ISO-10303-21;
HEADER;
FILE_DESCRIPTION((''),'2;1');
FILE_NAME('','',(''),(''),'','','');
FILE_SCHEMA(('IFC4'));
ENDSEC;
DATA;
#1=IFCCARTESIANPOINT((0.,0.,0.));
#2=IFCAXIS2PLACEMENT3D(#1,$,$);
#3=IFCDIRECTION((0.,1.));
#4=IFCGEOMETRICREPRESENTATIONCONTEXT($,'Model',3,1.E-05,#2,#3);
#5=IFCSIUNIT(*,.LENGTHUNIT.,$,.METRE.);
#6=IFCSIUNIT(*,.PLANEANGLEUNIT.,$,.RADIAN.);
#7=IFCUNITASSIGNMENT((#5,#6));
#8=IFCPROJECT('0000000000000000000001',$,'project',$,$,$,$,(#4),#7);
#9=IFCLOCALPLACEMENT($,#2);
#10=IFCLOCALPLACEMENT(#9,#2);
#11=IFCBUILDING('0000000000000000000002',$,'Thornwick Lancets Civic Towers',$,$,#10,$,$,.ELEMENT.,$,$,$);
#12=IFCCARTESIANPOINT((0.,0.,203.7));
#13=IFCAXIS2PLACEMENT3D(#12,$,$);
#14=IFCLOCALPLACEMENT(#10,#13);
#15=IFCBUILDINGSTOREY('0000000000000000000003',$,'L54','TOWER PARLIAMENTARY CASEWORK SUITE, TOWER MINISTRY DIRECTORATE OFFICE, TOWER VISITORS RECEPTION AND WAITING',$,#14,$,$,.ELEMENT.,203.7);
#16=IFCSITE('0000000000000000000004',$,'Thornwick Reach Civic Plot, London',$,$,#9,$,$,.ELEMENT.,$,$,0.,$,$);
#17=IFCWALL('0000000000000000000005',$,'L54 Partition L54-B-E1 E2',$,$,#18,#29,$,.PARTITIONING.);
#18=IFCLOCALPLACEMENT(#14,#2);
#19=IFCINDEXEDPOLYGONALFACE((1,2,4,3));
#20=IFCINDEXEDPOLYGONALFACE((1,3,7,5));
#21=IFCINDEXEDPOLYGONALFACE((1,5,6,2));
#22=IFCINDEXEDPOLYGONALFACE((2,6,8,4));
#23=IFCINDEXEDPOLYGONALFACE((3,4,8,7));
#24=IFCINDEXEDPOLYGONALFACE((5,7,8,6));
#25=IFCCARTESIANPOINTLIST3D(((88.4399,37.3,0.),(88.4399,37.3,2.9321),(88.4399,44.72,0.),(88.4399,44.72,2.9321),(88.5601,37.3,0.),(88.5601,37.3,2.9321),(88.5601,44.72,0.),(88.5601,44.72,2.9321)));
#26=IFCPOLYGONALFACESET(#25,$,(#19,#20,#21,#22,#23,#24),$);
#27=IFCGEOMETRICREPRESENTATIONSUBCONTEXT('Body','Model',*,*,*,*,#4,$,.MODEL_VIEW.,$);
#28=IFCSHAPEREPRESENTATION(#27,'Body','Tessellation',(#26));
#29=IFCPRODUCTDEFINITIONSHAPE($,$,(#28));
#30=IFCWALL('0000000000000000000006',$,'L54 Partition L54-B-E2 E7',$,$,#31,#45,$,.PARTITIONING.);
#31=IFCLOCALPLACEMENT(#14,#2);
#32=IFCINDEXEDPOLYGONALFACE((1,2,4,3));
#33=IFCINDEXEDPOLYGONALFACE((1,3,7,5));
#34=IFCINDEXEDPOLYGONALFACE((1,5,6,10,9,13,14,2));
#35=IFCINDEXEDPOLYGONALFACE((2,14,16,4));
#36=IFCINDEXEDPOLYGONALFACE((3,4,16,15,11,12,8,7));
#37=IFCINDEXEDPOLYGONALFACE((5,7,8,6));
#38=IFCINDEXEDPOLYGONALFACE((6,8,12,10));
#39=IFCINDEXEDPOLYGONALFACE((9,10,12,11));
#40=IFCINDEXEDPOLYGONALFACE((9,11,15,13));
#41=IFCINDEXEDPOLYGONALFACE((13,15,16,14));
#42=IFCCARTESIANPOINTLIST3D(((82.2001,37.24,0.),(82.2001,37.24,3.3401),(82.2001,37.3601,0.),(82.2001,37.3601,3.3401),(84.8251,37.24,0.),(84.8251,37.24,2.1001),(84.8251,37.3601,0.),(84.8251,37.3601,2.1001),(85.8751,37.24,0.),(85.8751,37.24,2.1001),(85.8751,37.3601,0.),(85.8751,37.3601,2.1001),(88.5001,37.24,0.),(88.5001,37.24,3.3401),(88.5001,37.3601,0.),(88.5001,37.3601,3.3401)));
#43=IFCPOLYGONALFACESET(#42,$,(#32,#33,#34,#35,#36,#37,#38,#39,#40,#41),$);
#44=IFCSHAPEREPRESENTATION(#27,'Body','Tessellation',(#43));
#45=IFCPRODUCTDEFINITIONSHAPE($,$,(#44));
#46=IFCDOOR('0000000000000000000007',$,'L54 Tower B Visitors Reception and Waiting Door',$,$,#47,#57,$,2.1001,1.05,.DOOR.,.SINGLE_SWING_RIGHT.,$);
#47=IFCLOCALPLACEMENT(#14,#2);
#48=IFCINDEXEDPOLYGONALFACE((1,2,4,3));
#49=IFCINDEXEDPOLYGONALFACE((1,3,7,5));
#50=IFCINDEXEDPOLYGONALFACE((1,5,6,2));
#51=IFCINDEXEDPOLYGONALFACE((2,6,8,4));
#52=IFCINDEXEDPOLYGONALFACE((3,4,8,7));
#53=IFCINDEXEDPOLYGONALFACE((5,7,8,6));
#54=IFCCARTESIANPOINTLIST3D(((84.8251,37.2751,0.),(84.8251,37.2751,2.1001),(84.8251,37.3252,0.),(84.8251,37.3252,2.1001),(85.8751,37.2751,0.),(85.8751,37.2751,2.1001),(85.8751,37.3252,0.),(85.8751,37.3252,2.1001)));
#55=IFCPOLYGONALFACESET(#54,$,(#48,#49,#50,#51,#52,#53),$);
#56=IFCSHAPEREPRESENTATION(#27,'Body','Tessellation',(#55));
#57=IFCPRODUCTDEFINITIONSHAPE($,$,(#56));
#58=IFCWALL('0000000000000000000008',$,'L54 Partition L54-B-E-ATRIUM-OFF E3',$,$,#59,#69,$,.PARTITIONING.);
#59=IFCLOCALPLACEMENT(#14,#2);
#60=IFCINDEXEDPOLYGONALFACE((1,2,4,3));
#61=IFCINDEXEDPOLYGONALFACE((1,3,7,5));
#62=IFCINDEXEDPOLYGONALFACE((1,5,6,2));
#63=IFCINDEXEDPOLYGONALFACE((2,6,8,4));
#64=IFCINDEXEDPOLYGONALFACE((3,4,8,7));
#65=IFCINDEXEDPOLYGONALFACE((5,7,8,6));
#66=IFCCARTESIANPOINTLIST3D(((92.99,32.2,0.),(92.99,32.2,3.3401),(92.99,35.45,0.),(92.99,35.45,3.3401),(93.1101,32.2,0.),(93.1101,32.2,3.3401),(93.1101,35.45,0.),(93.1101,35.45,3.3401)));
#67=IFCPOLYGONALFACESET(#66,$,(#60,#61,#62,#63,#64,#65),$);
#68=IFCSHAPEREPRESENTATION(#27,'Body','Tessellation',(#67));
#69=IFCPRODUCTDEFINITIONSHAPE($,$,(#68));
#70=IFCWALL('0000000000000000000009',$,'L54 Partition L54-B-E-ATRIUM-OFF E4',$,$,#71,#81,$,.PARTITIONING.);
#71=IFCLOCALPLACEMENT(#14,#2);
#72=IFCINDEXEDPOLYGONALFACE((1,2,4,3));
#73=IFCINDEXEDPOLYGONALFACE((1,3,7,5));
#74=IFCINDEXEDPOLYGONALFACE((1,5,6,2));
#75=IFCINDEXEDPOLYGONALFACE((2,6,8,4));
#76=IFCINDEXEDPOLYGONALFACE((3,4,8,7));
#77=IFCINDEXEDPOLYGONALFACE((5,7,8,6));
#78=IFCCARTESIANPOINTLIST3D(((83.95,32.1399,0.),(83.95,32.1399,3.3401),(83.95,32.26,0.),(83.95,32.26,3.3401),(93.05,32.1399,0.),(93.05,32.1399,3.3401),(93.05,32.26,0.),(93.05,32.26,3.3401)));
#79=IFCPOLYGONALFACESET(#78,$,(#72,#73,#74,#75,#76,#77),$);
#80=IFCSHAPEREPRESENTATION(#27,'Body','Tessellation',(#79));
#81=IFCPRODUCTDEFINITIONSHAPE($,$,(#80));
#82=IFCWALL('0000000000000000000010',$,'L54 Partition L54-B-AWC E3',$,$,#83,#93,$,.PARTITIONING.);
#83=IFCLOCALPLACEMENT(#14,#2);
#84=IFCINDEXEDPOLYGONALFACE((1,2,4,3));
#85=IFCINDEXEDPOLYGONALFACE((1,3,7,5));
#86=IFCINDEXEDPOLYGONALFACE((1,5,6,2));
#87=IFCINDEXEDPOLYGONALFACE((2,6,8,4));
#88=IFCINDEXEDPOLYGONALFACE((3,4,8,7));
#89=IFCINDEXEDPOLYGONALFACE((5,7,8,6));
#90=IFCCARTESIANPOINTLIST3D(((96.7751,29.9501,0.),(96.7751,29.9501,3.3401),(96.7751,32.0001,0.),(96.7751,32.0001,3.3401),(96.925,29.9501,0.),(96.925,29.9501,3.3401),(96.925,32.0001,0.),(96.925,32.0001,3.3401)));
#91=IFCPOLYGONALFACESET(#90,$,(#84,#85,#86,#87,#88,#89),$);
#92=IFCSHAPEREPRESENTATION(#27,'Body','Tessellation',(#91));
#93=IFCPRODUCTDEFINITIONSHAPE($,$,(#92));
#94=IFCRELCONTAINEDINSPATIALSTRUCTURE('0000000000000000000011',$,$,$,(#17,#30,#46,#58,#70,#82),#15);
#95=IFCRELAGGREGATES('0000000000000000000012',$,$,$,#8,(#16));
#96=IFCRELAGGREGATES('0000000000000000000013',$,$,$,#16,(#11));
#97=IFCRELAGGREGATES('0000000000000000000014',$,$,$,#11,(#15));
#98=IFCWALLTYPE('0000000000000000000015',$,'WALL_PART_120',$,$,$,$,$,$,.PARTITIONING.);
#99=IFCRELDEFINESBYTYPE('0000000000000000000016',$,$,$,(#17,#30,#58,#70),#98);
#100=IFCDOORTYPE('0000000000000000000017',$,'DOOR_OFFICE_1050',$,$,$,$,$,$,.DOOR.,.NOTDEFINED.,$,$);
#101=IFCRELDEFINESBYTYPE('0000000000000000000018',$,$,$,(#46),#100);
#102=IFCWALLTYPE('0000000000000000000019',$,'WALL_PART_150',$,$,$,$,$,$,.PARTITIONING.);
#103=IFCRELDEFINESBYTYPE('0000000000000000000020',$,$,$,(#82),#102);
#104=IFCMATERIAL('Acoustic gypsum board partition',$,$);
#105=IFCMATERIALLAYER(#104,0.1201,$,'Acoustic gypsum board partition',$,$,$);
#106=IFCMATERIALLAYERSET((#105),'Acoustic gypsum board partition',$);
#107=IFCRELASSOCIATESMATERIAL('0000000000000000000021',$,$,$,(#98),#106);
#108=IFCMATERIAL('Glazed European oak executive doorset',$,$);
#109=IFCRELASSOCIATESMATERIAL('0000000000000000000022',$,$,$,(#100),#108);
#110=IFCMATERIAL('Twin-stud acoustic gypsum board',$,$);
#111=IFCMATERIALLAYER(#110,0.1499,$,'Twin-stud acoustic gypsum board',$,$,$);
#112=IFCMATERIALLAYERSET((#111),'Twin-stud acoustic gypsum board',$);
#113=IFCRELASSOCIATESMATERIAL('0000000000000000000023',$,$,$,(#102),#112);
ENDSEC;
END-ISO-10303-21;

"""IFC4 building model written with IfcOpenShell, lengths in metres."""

from ifc_helpers import new_model, si_unit, direction, frame, frame_2d, origin, place, context, subcontext, project, spatial, rectangle, extrude, material, layer, layer_set, type_object, element, fill, save


model = new_model("IFC4")

# Units and contexts
model_context = context("Model", 3, precision=1e-05, world=origin(), true_north=direction((0.0, 1.0)))
body_context = subcontext(model_context, "Body", "Model", "MODEL_VIEW")
ifc_project = project(units=[si_unit("LENGTHUNIT", "METRE"), si_unit("PLANEANGLEUNIT", "RADIAN")], contexts=[model_context])

# Site, building, storey
site_placement = place(None, origin())
site = spatial("IfcSite", under=ifc_project, at=site_placement, Name="Thornwick Reach Civic Plot, London", CompositionType="ELEMENT", RefElevation=0.0)
building_placement = place(site_placement, origin())
building = spatial("IfcBuilding", under=site, at=building_placement, Name="Thornwick Lancets Civic Towers", CompositionType="ELEMENT")
storey_placement = place(building_placement, frame((0.0, 0.0, 203.7)))
storey = spatial("IfcBuildingStorey", under=building, at=storey_placement, Name="L54", Description="TOWER PARLIAMENTARY CASEWORK SUITE, TOWER MINISTRY DIRECTORATE OFFICE, TOWER VISITORS RECEPTION AND WAITING", CompositionType="ELEMENT", Elevation=203.7)

# Shared definitions
ifc_material_1 = material(Name="Acoustic gypsum board partition")
ifc_layer_1 = layer(ifc_material_1, 0.1201, Name="Acoustic gypsum board partition")
ifc_layer_set_1 = layer_set([ifc_layer_1], Name="Acoustic gypsum board partition")
wall_type_1 = type_object("IfcWallType", Name="WALL_PART_120", PredefinedType="PARTITIONING", material=ifc_layer_set_1)

# Shared definitions
ifc_material_2 = material(Name="Glazed European oak executive doorset")
door_type_1 = type_object("IfcDoorType", Name="DOOR_OFFICE_1050", OperationType="NOTDEFINED", PredefinedType="DOOR", material=ifc_material_2)

# Wall
wall_1_placement = place(storey_placement, frame((88.5, 37.3, 0.0), z_axis=(0.0, 0.0, 1.0), x_axis=(0.0, 1.0, 0.0)))
element("IfcWall", 1, at=wall_1_placement, inside=storey, type_object=wall_type_1, Name="L54 Partition L54-B-E1 E2", PredefinedType="PARTITIONING", context=body_context, shape_type="SweptSolid", body=[
    extrude(rectangle(XDim=7.4199, YDim=0.1201, at=frame_2d((3.71, 0.0))), origin(), (0.0, 0.0, 1.0), 2.9321),
])

# Wall, opening, door
wall_2_placement = place(storey_placement, frame((88.5, 37.3, 0.0), z_axis=(0.0, 0.0, 1.0), x_axis=(-1.0, 0.0, 0.0)))
wall_2 = element("IfcWall", 2, at=wall_2_placement, inside=storey, type_object=wall_type_1, Name="L54 Partition L54-B-E2 E7", PredefinedType="PARTITIONING", context=body_context, shape_type="SweptSolid", body=[
    extrude(rectangle(XDim=6.3, YDim=0.1201, at=frame_2d((3.1499, 0.0))), origin(), (0.0, 0.0, 1.0), 3.3401),
])
opening_1_placement = place(wall_2_placement, frame((2.625, 0.0, 0.0)))
opening_1 = element("IfcOpeningElement", 3, at=opening_1_placement, cuts=wall_2, PredefinedType="OPENING", context=body_context, shape_type="SweptSolid", body=[
    extrude(rectangle(XDim=1.05, YDim=2.1001, at=frame_2d((0.5249, 1.05))), frame((0.0, 0.0701, 0.0), z_axis=(0.0, -1.0, 0.0), x_axis=(1.0, 0.0, 0.0)), (0.0, 0.0, 1.0), 0.1401),
])
door_1_placement = place(opening_1_placement, origin())
door_1 = element("IfcDoor", 4, at=door_1_placement, inside=storey, type_object=door_type_1, Name="L54 Tower B Visitors Reception and Waiting Door", OperationType="SINGLE_SWING_RIGHT", OverallHeight=2.1001, OverallWidth=1.05, PredefinedType="DOOR", context=body_context, shape_type="SweptSolid", body=[
    extrude(rectangle(XDim=1.05, YDim=2.1001, at=frame_2d((0.5249, 1.05))), frame((0.0, 0.0249, 0.0), z_axis=(0.0, -1.0, 0.0), x_axis=(1.0, 0.0, 0.0)), (0.0, 0.0, 1.0), 0.05),
])
fill(opening_1, door_1)

# Walls
wall_3_placement = place(storey_placement, frame((93.05, 35.45, 0.0), z_axis=(0.0, 0.0, 1.0), x_axis=(0.0, -1.0, 0.0)))
element("IfcWall", 5, at=wall_3_placement, inside=storey, type_object=wall_type_1, Name="L54 Partition L54-B-E-ATRIUM-OFF E3", PredefinedType="PARTITIONING", context=body_context, shape_type="SweptSolid", body=[
    extrude(rectangle(XDim=3.25, YDim=0.1201, at=frame_2d((1.625, 0.0))), origin(), (0.0, 0.0, 1.0), 3.3401),
])
wall_4_placement = place(storey_placement, frame((93.05, 32.2, 0.0), z_axis=(0.0, 0.0, 1.0), x_axis=(-1.0, 0.0, 0.0)))
element("IfcWall", 6, at=wall_4_placement, inside=storey, type_object=wall_type_1, Name="L54 Partition L54-B-E-ATRIUM-OFF E4", PredefinedType="PARTITIONING", context=body_context, shape_type="SweptSolid", body=[
    extrude(rectangle(XDim=9.1001, YDim=0.1201, at=frame_2d((4.55, 0.0))), origin(), (0.0, 0.0, 1.0), 3.3401),
])
ifc_material_3 = material(Name="Twin-stud acoustic gypsum board")
ifc_layer_2 = layer(ifc_material_3, 0.1499, Name="Twin-stud acoustic gypsum board")
ifc_layer_set_2 = layer_set([ifc_layer_2], Name="Twin-stud acoustic gypsum board")
wall_type_2 = type_object("IfcWallType", Name="WALL_PART_150", PredefinedType="PARTITIONING", material=ifc_layer_set_2)
wall_5_placement = place(storey_placement, frame((96.8501, 32.0, 0.0), z_axis=(0.0, 0.0, 1.0), x_axis=(0.0, -1.0, 0.0)))
element("IfcWall", 7, at=wall_5_placement, inside=storey, type_object=wall_type_2, Name="L54 Partition L54-B-AWC E3", PredefinedType="PARTITIONING", context=body_context, shape_type="SweptSolid", body=[
    extrude(rectangle(XDim=2.05, YDim=0.1499, at=frame_2d((1.0249, 0.0))), origin(), (0.0, 0.0, 1.0), 3.3401),
])

save(model, "model.ifc")
